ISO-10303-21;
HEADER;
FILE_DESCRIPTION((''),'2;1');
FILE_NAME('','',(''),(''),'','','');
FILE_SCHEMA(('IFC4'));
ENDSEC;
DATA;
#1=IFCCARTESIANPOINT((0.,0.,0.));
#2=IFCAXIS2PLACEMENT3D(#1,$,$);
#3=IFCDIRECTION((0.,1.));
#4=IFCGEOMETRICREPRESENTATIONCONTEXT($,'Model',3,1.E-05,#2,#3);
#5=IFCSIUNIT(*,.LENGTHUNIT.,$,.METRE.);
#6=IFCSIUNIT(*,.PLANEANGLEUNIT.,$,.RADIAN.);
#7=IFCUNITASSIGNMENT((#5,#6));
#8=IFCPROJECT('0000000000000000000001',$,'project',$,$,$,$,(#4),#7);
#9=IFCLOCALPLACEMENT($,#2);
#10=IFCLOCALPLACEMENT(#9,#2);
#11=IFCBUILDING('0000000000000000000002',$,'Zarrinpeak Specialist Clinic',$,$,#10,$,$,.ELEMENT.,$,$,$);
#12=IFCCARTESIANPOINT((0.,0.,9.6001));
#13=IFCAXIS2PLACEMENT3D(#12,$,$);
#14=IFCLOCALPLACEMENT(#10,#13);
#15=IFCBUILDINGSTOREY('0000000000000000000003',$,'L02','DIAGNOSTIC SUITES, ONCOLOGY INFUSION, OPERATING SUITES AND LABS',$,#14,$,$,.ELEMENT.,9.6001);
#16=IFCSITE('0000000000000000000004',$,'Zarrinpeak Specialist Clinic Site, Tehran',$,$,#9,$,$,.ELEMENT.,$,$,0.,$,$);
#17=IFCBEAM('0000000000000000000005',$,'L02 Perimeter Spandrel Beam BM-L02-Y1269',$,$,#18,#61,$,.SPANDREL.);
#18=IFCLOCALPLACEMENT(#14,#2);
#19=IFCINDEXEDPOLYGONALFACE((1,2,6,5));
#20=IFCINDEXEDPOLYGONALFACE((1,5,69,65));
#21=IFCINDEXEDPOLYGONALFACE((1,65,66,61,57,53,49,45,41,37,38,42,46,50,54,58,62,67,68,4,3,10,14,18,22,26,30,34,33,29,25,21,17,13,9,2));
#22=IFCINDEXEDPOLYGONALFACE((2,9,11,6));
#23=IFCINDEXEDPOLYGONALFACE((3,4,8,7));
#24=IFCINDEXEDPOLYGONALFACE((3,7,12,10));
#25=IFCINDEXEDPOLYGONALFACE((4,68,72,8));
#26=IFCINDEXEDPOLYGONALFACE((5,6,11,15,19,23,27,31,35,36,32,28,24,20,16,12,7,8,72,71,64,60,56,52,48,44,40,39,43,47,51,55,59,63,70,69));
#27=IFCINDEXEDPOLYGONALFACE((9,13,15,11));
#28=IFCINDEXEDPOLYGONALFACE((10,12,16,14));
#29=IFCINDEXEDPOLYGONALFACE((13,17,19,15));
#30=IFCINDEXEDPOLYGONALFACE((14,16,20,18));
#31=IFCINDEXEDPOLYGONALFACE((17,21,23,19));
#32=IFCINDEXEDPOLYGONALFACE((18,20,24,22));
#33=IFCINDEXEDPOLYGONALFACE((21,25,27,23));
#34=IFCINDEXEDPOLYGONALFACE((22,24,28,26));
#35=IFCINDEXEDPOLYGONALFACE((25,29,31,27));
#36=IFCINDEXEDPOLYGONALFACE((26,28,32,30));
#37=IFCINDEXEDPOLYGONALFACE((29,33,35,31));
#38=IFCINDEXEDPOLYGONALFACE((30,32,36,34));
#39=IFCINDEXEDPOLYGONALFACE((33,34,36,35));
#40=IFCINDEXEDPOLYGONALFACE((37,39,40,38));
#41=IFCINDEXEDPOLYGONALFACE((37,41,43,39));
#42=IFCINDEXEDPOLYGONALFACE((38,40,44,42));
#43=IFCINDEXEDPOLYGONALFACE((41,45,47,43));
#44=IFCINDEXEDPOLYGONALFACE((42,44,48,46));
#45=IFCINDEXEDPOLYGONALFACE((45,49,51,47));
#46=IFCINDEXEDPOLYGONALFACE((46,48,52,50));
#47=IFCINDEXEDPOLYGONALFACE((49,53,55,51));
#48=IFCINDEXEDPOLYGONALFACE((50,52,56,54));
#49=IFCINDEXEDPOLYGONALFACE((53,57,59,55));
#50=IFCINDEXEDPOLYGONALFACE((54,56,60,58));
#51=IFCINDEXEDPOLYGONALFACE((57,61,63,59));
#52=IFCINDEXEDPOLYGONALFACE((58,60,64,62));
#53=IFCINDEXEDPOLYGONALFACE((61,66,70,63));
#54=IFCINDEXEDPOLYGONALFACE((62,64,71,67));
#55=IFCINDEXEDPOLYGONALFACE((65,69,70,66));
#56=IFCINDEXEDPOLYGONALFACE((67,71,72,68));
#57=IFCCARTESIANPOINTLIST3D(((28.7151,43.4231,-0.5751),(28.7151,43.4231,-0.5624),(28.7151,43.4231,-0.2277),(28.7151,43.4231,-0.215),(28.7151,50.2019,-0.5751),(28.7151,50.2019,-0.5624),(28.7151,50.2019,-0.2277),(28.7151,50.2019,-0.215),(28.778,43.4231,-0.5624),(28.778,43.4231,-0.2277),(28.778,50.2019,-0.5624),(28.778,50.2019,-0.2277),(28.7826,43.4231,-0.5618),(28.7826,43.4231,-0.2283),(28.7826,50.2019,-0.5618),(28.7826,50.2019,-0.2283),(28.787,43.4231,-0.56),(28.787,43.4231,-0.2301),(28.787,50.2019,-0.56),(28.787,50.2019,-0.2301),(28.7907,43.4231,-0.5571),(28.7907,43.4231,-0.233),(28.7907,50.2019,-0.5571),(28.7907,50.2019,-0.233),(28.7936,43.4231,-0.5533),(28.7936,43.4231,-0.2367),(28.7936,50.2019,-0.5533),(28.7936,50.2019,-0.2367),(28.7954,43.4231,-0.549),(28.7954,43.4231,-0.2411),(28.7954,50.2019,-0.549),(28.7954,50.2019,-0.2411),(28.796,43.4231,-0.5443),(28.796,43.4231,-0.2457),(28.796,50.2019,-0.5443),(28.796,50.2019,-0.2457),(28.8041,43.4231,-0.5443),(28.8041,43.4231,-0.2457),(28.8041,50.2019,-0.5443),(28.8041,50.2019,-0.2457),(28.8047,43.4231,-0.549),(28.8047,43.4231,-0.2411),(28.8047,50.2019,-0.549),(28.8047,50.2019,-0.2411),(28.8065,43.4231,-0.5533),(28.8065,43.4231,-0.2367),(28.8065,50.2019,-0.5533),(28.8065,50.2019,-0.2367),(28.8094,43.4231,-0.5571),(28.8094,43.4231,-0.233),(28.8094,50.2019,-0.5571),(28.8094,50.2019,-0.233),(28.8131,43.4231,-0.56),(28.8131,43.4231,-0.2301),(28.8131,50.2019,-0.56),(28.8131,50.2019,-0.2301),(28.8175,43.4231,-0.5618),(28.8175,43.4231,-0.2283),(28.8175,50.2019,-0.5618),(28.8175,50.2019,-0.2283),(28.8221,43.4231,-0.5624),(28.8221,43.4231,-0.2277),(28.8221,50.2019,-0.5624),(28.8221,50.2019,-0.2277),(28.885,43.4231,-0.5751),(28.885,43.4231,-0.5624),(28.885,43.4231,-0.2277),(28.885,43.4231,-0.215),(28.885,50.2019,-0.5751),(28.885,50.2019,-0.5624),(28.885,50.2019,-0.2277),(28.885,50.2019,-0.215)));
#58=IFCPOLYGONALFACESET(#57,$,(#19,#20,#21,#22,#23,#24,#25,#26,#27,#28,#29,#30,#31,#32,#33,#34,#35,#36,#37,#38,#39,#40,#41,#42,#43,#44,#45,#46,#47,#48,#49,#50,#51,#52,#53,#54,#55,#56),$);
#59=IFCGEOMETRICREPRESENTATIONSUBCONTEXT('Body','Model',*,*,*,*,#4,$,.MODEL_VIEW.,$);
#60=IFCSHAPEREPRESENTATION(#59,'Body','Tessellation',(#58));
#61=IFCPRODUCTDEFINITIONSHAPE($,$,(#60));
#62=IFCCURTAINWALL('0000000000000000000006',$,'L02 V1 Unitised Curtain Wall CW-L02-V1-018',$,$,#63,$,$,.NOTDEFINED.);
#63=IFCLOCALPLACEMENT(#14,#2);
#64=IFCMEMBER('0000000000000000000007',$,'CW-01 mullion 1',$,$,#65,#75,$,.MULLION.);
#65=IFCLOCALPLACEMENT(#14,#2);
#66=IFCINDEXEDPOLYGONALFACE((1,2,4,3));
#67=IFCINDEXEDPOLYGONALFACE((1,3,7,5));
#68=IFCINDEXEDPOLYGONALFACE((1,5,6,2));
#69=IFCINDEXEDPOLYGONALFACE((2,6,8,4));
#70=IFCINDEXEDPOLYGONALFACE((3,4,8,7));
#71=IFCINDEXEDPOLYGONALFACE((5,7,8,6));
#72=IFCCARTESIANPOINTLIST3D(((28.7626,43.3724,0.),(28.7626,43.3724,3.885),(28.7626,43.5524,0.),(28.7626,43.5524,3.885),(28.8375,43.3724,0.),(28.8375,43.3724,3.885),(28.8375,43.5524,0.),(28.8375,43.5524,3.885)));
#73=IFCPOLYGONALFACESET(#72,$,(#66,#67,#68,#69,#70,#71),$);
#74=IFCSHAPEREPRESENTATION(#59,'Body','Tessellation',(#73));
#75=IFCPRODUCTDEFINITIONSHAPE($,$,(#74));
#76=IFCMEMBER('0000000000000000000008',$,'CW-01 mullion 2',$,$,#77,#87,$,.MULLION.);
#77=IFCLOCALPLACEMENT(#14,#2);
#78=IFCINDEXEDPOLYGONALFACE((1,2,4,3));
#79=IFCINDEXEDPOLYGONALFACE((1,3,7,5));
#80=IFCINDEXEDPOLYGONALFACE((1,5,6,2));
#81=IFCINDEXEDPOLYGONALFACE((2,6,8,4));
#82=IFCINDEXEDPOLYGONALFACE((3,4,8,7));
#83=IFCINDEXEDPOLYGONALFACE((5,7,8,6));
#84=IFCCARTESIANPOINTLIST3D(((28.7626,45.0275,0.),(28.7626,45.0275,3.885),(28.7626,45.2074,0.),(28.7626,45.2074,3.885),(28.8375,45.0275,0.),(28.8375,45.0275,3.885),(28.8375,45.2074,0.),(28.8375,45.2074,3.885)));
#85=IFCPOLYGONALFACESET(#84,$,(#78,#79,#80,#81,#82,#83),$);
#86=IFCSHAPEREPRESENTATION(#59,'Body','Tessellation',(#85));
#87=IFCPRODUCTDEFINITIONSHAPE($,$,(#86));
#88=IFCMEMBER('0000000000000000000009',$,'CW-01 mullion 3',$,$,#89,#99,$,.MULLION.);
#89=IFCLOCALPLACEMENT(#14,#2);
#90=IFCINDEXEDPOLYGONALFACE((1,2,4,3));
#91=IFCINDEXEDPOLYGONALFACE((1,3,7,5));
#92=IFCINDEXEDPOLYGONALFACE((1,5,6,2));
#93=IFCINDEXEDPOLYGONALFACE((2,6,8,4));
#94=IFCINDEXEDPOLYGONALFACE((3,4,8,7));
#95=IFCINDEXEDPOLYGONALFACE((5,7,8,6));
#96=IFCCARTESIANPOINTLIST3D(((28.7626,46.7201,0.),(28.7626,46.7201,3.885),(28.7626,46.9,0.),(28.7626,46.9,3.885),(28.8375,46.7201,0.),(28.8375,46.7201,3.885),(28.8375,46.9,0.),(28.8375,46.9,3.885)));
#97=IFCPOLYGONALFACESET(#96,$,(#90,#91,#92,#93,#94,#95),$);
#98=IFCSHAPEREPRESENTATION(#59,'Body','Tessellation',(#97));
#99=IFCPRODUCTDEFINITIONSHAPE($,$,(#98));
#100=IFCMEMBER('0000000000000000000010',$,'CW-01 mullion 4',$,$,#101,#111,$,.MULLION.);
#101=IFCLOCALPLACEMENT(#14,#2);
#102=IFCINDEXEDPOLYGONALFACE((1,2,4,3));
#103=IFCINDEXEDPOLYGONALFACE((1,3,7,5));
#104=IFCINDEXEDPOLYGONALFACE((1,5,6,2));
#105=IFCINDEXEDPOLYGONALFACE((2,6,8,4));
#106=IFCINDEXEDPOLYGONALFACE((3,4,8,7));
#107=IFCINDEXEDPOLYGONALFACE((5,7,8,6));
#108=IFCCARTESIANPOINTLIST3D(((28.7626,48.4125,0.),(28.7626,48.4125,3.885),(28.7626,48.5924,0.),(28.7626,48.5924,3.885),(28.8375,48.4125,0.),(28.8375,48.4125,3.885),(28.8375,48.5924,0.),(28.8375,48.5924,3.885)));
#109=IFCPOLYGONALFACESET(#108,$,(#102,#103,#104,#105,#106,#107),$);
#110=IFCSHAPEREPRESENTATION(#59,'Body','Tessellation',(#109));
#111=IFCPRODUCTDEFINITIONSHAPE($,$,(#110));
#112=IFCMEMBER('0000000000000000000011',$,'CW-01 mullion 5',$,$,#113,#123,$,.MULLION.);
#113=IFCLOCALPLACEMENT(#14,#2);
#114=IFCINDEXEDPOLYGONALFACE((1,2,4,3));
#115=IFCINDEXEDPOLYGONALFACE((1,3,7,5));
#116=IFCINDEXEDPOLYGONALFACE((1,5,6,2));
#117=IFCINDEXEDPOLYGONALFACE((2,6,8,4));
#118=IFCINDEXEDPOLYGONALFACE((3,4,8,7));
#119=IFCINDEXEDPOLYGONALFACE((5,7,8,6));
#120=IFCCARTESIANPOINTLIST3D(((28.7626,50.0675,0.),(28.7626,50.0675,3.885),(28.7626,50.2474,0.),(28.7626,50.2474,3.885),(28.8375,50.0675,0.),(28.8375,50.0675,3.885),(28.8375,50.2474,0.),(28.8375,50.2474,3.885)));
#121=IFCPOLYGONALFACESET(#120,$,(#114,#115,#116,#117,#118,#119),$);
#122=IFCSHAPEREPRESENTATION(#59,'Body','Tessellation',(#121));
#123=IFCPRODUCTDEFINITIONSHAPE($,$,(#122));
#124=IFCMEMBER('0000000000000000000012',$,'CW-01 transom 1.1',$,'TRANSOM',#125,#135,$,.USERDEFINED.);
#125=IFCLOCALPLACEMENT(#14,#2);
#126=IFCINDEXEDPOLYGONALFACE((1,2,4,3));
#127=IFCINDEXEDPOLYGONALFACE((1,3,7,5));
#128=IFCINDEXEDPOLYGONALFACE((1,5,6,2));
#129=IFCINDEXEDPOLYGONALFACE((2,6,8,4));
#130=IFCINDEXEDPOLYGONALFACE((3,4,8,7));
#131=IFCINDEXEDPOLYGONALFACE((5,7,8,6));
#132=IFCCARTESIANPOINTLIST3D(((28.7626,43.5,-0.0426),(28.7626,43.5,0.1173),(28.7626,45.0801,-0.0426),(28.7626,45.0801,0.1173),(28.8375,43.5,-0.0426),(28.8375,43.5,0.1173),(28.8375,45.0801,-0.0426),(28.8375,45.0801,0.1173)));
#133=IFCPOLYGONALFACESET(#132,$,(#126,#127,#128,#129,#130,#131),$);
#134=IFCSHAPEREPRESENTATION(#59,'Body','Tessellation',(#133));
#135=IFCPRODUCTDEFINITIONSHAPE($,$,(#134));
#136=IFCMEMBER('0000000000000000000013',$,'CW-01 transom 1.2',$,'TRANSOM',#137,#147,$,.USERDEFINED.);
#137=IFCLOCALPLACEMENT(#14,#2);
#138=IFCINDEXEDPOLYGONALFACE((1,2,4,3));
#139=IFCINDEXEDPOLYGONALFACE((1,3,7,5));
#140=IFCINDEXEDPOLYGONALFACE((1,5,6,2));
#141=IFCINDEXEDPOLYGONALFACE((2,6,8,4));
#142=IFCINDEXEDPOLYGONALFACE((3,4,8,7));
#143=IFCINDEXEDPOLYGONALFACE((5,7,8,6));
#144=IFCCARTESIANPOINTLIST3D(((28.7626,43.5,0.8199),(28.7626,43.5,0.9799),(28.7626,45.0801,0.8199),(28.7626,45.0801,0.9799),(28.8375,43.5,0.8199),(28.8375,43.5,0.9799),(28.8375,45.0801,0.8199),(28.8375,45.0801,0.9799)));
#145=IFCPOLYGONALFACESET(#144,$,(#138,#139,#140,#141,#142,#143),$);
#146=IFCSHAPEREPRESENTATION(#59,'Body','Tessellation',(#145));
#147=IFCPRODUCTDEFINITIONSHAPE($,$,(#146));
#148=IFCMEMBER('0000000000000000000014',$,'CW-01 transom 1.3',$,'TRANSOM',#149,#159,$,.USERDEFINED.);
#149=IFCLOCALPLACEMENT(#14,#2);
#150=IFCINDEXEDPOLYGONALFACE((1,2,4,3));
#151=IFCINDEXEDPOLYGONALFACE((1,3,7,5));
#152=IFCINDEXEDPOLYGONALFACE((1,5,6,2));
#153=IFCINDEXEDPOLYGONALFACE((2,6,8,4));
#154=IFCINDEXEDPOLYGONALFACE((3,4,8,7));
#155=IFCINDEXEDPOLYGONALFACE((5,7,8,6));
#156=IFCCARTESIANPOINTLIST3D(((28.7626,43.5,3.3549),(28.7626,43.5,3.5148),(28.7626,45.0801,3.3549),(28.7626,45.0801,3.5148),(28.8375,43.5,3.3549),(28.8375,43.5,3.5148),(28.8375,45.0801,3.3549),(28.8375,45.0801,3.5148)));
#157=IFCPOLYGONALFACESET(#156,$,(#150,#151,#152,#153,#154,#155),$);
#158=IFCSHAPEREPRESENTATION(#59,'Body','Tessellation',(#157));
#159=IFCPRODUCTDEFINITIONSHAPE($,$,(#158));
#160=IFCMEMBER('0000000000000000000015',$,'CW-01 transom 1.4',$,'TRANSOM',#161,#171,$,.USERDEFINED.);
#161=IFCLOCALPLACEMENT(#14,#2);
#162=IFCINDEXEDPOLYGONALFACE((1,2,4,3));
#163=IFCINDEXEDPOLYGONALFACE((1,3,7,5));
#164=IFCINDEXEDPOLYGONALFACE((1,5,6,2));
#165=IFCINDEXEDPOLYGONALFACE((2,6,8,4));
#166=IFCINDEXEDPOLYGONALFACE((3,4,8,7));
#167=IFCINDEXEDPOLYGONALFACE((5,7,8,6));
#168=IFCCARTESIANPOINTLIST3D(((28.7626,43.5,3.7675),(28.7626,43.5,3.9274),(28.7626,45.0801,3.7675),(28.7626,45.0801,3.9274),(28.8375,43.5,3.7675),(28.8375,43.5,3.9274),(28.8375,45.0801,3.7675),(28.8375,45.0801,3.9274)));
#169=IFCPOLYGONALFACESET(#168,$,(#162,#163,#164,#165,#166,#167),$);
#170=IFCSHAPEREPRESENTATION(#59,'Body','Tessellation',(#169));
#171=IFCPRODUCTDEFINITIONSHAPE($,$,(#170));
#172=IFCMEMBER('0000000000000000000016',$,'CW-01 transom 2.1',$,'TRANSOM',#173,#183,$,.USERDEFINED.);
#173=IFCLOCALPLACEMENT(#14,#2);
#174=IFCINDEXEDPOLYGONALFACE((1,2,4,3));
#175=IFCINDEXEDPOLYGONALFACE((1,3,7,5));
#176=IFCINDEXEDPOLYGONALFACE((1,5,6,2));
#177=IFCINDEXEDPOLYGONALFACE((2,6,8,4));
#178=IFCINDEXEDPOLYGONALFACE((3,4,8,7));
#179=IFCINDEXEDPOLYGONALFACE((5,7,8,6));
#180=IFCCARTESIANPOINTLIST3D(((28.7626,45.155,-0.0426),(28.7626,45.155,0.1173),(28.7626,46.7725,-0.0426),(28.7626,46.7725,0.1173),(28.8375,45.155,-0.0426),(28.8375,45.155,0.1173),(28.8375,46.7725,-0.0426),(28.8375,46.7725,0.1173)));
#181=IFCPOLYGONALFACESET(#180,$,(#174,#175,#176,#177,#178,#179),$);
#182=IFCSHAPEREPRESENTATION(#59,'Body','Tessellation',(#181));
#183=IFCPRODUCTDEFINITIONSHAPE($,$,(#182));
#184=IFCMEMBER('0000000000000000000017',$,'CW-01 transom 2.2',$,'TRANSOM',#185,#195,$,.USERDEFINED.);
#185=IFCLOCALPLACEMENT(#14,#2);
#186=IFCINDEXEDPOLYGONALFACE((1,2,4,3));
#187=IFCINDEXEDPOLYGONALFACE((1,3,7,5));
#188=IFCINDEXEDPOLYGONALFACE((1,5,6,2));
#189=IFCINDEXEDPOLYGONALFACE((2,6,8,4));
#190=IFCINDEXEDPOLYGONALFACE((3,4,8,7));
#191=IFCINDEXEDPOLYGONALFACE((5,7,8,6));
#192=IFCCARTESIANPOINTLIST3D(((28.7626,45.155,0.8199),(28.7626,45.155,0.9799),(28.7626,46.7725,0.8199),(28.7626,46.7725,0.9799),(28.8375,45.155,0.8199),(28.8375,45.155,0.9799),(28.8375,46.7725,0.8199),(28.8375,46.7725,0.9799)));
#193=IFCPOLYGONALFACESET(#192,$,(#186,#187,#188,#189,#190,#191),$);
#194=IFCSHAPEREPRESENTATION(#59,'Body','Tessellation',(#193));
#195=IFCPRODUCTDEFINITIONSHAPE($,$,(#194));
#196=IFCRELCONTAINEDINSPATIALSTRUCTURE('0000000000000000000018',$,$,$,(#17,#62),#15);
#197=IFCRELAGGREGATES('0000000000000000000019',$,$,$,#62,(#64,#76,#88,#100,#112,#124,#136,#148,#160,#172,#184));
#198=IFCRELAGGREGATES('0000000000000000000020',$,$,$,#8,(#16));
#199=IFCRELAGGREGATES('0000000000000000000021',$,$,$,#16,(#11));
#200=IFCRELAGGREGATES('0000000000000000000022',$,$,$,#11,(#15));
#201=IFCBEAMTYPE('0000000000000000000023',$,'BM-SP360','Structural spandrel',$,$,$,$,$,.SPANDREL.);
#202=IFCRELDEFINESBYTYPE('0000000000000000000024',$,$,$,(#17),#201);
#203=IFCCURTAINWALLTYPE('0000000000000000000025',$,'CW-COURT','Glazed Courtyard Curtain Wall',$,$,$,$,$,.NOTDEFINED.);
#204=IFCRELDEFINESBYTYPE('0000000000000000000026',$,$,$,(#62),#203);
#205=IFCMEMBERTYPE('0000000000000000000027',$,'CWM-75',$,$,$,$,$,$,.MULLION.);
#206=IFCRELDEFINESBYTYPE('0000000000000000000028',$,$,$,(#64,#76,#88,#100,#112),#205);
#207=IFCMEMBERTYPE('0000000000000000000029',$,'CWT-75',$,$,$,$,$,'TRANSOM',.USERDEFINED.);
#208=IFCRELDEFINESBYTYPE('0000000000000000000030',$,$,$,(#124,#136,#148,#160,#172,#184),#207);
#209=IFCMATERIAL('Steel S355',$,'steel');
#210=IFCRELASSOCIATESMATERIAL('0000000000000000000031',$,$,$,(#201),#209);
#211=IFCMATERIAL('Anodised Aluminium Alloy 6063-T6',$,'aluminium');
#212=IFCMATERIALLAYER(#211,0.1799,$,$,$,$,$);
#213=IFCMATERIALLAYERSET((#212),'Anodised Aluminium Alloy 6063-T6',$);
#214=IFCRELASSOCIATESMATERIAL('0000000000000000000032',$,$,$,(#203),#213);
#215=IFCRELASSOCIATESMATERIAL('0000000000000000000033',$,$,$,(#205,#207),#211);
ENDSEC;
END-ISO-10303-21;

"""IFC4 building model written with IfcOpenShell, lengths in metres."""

from ifc_helpers import new_model, si_unit, direction, frame, origin, origin_2d, place, context, subcontext, project, spatial, rectangle, i_section, extrude, material, layer, layer_set, material_profile, profile_set, type_object, element, aggregate, save


model = new_model("IFC4")

# Units and contexts
model_context = context("Model", 3, precision=1e-05, world=origin(), true_north=direction((0.0, 1.0)))
body_context = subcontext(model_context, "Body", "Model", "MODEL_VIEW")
ifc_project = project(units=[si_unit("LENGTHUNIT", "METRE"), si_unit("PLANEANGLEUNIT", "RADIAN")], contexts=[model_context])

# Site, building, storey
site_placement = place(None, origin())
site = spatial("IfcSite", under=ifc_project, at=site_placement, Name="Zarrinpeak Specialist Clinic Site, Tehran", CompositionType="ELEMENT", RefElevation=0.0)
building_placement = place(site_placement, origin())
building = spatial("IfcBuilding", under=site, at=building_placement, Name="Zarrinpeak Specialist Clinic", CompositionType="ELEMENT")
storey_placement = place(building_placement, frame((0.0, 0.0, 9.6001)))
storey = spatial("IfcBuildingStorey", under=building, at=storey_placement, Name="L02", Description="DIAGNOSTIC SUITES, ONCOLOGY INFUSION, OPERATING SUITES AND LABS", CompositionType="ELEMENT", Elevation=9.6001)

# Beam
ifc_material_1 = material(Name="Steel S355", Category="steel")
ifc_material_profile_1 = material_profile(ifc_material_1, i_section(OverallWidth=0.1699, OverallDepth=0.3601, WebThickness=0.0081, FlangeThickness=0.0127, FilletRadius=0.0181, at=origin_2d()), Name="IPE 360")
ifc_profile_set_1 = profile_set([ifc_material_profile_1], Name="Steel S355")
beam_type = type_object("IfcBeamType", Name="BM-SP360", Description="Structural spandrel", PredefinedType="SPANDREL", material=ifc_profile_set_1)
beam_placement = place(storey_placement, frame((28.8, 43.4231, -0.395), z_axis=(0.0, 1.0, 0.0), x_axis=(-1.0, 0.0, 0.0)))
element("IfcBeam", 1, at=beam_placement, inside=storey, type_object=beam_type, Name="L02 Perimeter Spandrel Beam BM-L02-Y1269", PredefinedType="SPANDREL", context=body_context, shape_type="SweptSolid", body=[
    extrude(i_section(OverallWidth=0.1699, OverallDepth=0.3601, WebThickness=0.0081, FlangeThickness=0.0127, FilletRadius=0.0181, at=origin_2d()), origin(), (0.0, 0.0, 1.0), 6.7788),
])

# Curtain wall, members
ifc_material_2 = material(Name="Anodised Aluminium Alloy 6063-T6", Category="aluminium")
ifc_layer_1 = layer(ifc_material_2, 0.1799)
ifc_layer_set_1 = layer_set([ifc_layer_1], Name="Anodised Aluminium Alloy 6063-T6")
curtain_wall_type = type_object("IfcCurtainWallType", Name="CW-COURT", Description="Glazed Courtyard Curtain Wall", PredefinedType="NOTDEFINED", material=ifc_layer_set_1)
curtain_wall_placement = place(storey_placement, origin())
curtain_wall = element("IfcCurtainWall", 2, at=curtain_wall_placement, inside=storey, type_object=curtain_wall_type, Name="L02 V1 Unitised Curtain Wall CW-L02-V1-018", PredefinedType="NOTDEFINED")
ifc_material_profile_2 = material_profile(ifc_material_2, rectangle(XDim=0.075, YDim=0.1799, at=origin_2d()), Name="ALU 75x180")
ifc_profile_set_2 = profile_set([ifc_material_profile_2], Name="Anodised Aluminium Alloy 6063-T6")
member_type_1 = type_object("IfcMemberType", Name="CWM-75", PredefinedType="MULLION", material=ifc_profile_set_2)
member_1_placement = place(storey_placement, frame((28.8, 43.4624, 0.0), z_axis=(0.0, 0.0, 1.0), x_axis=(-1.0, 0.0, 0.0)))
member_1 = element("IfcMember", 3, at=member_1_placement, type_object=member_type_1, Name="CW-01 mullion 1", PredefinedType="MULLION", context=body_context, shape_type="SweptSolid", body=[
    extrude(rectangle(XDim=0.075, YDim=0.1799, at=origin_2d()), origin(), (0.0, 0.0, 1.0), 3.885),
])
member_2_placement = place(storey_placement, frame((28.8, 45.1174, 0.0), z_axis=(0.0, 0.0, 1.0), x_axis=(-1.0, 0.0, 0.0)))
member_2 = element("IfcMember", 4, at=member_2_placement, type_object=member_type_1, Name="CW-01 mullion 2", PredefinedType="MULLION", context=body_context, shape_type="SweptSolid", body=[
    extrude(rectangle(XDim=0.075, YDim=0.1799, at=origin_2d()), origin(), (0.0, 0.0, 1.0), 3.885),
])
member_3_placement = place(storey_placement, frame((28.8, 46.8101, 0.0), z_axis=(0.0, 0.0, 1.0), x_axis=(-1.0, 0.0, 0.0)))
member_3 = element("IfcMember", 5, at=member_3_placement, type_object=member_type_1, Name="CW-01 mullion 3", PredefinedType="MULLION", context=body_context, shape_type="SweptSolid", body=[
    extrude(rectangle(XDim=0.075, YDim=0.1799, at=origin_2d()), origin(), (0.0, 0.0, 1.0), 3.885),
])
member_4_placement = place(storey_placement, frame((28.8, 48.5024, 0.0), z_axis=(0.0, 0.0, 1.0), x_axis=(-1.0, 0.0, 0.0)))
member_4 = element("IfcMember", 6, at=member_4_placement, type_object=member_type_1, Name="CW-01 mullion 4", PredefinedType="MULLION", context=body_context, shape_type="SweptSolid", body=[
    extrude(rectangle(XDim=0.075, YDim=0.1799, at=origin_2d()), origin(), (0.0, 0.0, 1.0), 3.885),
])
member_5_placement = place(storey_placement, frame((28.8, 50.1575, 0.0), z_axis=(0.0, 0.0, 1.0), x_axis=(-1.0, 0.0, 0.0)))
member_5 = element("IfcMember", 7, at=member_5_placement, type_object=member_type_1, Name="CW-01 mullion 5", PredefinedType="MULLION", context=body_context, shape_type="SweptSolid", body=[
    extrude(rectangle(XDim=0.075, YDim=0.1799, at=origin_2d()), origin(), (0.0, 0.0, 1.0), 3.885),
])
ifc_material_profile_3 = material_profile(ifc_material_2, rectangle(XDim=0.075, YDim=0.1599, at=origin_2d()), Name="ALU 75x160")
ifc_profile_set_3 = profile_set([ifc_material_profile_3], Name="Anodised Aluminium Alloy 6063-T6")
member_type_2 = type_object("IfcMemberType", Name="CWT-75", ElementType="TRANSOM", PredefinedType="USERDEFINED", material=ifc_profile_set_3)
member_6_placement = place(storey_placement, frame((28.8, 43.5, 0.0374), z_axis=(0.0, 1.0, 0.0), x_axis=(-1.0, 0.0, 0.0)))
member_6 = element("IfcMember", 8, at=member_6_placement, type_object=member_type_2, Name="CW-01 transom 1.1", ObjectType="TRANSOM", PredefinedType="USERDEFINED", context=body_context, shape_type="SweptSolid", body=[
    extrude(rectangle(XDim=0.075, YDim=0.1599, at=origin_2d()), origin(), (0.0, 0.0, 1.0), 1.5801),
])
member_7_placement = place(storey_placement, frame((28.8, 43.5, 0.8999), z_axis=(0.0, 1.0, 0.0), x_axis=(-1.0, 0.0, 0.0)))
member_7 = element("IfcMember", 9, at=member_7_placement, type_object=member_type_2, Name="CW-01 transom 1.2", ObjectType="TRANSOM", PredefinedType="USERDEFINED", context=body_context, shape_type="SweptSolid", body=[
    extrude(rectangle(XDim=0.075, YDim=0.1599, at=origin_2d()), origin(), (0.0, 0.0, 1.0), 1.5801),
])
member_8_placement = place(storey_placement, frame((28.8, 43.5, 3.4348), z_axis=(0.0, 1.0, 0.0), x_axis=(-1.0, 0.0, 0.0)))
member_8 = element("IfcMember", 10, at=member_8_placement, type_object=member_type_2, Name="CW-01 transom 1.3", ObjectType="TRANSOM", PredefinedType="USERDEFINED", context=body_context, shape_type="SweptSolid", body=[
    extrude(rectangle(XDim=0.075, YDim=0.1599, at=origin_2d()), origin(), (0.0, 0.0, 1.0), 1.5801),
])
member_9_placement = place(storey_placement, frame((28.8, 43.5, 3.8474), z_axis=(0.0, 1.0, 0.0), x_axis=(-1.0, 0.0, 0.0)))
member_9 = element("IfcMember", 11, at=member_9_placement, type_object=member_type_2, Name="CW-01 transom 1.4", ObjectType="TRANSOM", PredefinedType="USERDEFINED", context=body_context, shape_type="SweptSolid", body=[
    extrude(rectangle(XDim=0.075, YDim=0.1599, at=origin_2d()), origin(), (0.0, 0.0, 1.0), 1.5801),
])
member_10_placement = place(storey_placement, frame((28.8, 45.155, 0.0374), z_axis=(0.0, 1.0, 0.0), x_axis=(-1.0, 0.0, 0.0)))
member_10 = element("IfcMember", 12, at=member_10_placement, type_object=member_type_2, Name="CW-01 transom 2.1", ObjectType="TRANSOM", PredefinedType="USERDEFINED", context=body_context, shape_type="SweptSolid", body=[
    extrude(rectangle(XDim=0.075, YDim=0.1599, at=origin_2d()), origin(), (0.0, 0.0, 1.0), 1.6174),
])
member_11_placement = place(storey_placement, frame((28.8, 45.155, 0.8999), z_axis=(0.0, 1.0, 0.0), x_axis=(-1.0, 0.0, 0.0)))
member_11 = element("IfcMember", 13, at=member_11_placement, type_object=member_type_2, Name="CW-01 transom 2.2", ObjectType="TRANSOM", PredefinedType="USERDEFINED", context=body_context, shape_type="SweptSolid", body=[
    extrude(rectangle(XDim=0.075, YDim=0.1599, at=origin_2d()), origin(), (0.0, 0.0, 1.0), 1.6174),
])
aggregate(curtain_wall, [member_1, member_2, member_3, member_4, member_5, member_6, member_7, member_8, member_9, member_10, member_11])

save(model, "model.ifc")
